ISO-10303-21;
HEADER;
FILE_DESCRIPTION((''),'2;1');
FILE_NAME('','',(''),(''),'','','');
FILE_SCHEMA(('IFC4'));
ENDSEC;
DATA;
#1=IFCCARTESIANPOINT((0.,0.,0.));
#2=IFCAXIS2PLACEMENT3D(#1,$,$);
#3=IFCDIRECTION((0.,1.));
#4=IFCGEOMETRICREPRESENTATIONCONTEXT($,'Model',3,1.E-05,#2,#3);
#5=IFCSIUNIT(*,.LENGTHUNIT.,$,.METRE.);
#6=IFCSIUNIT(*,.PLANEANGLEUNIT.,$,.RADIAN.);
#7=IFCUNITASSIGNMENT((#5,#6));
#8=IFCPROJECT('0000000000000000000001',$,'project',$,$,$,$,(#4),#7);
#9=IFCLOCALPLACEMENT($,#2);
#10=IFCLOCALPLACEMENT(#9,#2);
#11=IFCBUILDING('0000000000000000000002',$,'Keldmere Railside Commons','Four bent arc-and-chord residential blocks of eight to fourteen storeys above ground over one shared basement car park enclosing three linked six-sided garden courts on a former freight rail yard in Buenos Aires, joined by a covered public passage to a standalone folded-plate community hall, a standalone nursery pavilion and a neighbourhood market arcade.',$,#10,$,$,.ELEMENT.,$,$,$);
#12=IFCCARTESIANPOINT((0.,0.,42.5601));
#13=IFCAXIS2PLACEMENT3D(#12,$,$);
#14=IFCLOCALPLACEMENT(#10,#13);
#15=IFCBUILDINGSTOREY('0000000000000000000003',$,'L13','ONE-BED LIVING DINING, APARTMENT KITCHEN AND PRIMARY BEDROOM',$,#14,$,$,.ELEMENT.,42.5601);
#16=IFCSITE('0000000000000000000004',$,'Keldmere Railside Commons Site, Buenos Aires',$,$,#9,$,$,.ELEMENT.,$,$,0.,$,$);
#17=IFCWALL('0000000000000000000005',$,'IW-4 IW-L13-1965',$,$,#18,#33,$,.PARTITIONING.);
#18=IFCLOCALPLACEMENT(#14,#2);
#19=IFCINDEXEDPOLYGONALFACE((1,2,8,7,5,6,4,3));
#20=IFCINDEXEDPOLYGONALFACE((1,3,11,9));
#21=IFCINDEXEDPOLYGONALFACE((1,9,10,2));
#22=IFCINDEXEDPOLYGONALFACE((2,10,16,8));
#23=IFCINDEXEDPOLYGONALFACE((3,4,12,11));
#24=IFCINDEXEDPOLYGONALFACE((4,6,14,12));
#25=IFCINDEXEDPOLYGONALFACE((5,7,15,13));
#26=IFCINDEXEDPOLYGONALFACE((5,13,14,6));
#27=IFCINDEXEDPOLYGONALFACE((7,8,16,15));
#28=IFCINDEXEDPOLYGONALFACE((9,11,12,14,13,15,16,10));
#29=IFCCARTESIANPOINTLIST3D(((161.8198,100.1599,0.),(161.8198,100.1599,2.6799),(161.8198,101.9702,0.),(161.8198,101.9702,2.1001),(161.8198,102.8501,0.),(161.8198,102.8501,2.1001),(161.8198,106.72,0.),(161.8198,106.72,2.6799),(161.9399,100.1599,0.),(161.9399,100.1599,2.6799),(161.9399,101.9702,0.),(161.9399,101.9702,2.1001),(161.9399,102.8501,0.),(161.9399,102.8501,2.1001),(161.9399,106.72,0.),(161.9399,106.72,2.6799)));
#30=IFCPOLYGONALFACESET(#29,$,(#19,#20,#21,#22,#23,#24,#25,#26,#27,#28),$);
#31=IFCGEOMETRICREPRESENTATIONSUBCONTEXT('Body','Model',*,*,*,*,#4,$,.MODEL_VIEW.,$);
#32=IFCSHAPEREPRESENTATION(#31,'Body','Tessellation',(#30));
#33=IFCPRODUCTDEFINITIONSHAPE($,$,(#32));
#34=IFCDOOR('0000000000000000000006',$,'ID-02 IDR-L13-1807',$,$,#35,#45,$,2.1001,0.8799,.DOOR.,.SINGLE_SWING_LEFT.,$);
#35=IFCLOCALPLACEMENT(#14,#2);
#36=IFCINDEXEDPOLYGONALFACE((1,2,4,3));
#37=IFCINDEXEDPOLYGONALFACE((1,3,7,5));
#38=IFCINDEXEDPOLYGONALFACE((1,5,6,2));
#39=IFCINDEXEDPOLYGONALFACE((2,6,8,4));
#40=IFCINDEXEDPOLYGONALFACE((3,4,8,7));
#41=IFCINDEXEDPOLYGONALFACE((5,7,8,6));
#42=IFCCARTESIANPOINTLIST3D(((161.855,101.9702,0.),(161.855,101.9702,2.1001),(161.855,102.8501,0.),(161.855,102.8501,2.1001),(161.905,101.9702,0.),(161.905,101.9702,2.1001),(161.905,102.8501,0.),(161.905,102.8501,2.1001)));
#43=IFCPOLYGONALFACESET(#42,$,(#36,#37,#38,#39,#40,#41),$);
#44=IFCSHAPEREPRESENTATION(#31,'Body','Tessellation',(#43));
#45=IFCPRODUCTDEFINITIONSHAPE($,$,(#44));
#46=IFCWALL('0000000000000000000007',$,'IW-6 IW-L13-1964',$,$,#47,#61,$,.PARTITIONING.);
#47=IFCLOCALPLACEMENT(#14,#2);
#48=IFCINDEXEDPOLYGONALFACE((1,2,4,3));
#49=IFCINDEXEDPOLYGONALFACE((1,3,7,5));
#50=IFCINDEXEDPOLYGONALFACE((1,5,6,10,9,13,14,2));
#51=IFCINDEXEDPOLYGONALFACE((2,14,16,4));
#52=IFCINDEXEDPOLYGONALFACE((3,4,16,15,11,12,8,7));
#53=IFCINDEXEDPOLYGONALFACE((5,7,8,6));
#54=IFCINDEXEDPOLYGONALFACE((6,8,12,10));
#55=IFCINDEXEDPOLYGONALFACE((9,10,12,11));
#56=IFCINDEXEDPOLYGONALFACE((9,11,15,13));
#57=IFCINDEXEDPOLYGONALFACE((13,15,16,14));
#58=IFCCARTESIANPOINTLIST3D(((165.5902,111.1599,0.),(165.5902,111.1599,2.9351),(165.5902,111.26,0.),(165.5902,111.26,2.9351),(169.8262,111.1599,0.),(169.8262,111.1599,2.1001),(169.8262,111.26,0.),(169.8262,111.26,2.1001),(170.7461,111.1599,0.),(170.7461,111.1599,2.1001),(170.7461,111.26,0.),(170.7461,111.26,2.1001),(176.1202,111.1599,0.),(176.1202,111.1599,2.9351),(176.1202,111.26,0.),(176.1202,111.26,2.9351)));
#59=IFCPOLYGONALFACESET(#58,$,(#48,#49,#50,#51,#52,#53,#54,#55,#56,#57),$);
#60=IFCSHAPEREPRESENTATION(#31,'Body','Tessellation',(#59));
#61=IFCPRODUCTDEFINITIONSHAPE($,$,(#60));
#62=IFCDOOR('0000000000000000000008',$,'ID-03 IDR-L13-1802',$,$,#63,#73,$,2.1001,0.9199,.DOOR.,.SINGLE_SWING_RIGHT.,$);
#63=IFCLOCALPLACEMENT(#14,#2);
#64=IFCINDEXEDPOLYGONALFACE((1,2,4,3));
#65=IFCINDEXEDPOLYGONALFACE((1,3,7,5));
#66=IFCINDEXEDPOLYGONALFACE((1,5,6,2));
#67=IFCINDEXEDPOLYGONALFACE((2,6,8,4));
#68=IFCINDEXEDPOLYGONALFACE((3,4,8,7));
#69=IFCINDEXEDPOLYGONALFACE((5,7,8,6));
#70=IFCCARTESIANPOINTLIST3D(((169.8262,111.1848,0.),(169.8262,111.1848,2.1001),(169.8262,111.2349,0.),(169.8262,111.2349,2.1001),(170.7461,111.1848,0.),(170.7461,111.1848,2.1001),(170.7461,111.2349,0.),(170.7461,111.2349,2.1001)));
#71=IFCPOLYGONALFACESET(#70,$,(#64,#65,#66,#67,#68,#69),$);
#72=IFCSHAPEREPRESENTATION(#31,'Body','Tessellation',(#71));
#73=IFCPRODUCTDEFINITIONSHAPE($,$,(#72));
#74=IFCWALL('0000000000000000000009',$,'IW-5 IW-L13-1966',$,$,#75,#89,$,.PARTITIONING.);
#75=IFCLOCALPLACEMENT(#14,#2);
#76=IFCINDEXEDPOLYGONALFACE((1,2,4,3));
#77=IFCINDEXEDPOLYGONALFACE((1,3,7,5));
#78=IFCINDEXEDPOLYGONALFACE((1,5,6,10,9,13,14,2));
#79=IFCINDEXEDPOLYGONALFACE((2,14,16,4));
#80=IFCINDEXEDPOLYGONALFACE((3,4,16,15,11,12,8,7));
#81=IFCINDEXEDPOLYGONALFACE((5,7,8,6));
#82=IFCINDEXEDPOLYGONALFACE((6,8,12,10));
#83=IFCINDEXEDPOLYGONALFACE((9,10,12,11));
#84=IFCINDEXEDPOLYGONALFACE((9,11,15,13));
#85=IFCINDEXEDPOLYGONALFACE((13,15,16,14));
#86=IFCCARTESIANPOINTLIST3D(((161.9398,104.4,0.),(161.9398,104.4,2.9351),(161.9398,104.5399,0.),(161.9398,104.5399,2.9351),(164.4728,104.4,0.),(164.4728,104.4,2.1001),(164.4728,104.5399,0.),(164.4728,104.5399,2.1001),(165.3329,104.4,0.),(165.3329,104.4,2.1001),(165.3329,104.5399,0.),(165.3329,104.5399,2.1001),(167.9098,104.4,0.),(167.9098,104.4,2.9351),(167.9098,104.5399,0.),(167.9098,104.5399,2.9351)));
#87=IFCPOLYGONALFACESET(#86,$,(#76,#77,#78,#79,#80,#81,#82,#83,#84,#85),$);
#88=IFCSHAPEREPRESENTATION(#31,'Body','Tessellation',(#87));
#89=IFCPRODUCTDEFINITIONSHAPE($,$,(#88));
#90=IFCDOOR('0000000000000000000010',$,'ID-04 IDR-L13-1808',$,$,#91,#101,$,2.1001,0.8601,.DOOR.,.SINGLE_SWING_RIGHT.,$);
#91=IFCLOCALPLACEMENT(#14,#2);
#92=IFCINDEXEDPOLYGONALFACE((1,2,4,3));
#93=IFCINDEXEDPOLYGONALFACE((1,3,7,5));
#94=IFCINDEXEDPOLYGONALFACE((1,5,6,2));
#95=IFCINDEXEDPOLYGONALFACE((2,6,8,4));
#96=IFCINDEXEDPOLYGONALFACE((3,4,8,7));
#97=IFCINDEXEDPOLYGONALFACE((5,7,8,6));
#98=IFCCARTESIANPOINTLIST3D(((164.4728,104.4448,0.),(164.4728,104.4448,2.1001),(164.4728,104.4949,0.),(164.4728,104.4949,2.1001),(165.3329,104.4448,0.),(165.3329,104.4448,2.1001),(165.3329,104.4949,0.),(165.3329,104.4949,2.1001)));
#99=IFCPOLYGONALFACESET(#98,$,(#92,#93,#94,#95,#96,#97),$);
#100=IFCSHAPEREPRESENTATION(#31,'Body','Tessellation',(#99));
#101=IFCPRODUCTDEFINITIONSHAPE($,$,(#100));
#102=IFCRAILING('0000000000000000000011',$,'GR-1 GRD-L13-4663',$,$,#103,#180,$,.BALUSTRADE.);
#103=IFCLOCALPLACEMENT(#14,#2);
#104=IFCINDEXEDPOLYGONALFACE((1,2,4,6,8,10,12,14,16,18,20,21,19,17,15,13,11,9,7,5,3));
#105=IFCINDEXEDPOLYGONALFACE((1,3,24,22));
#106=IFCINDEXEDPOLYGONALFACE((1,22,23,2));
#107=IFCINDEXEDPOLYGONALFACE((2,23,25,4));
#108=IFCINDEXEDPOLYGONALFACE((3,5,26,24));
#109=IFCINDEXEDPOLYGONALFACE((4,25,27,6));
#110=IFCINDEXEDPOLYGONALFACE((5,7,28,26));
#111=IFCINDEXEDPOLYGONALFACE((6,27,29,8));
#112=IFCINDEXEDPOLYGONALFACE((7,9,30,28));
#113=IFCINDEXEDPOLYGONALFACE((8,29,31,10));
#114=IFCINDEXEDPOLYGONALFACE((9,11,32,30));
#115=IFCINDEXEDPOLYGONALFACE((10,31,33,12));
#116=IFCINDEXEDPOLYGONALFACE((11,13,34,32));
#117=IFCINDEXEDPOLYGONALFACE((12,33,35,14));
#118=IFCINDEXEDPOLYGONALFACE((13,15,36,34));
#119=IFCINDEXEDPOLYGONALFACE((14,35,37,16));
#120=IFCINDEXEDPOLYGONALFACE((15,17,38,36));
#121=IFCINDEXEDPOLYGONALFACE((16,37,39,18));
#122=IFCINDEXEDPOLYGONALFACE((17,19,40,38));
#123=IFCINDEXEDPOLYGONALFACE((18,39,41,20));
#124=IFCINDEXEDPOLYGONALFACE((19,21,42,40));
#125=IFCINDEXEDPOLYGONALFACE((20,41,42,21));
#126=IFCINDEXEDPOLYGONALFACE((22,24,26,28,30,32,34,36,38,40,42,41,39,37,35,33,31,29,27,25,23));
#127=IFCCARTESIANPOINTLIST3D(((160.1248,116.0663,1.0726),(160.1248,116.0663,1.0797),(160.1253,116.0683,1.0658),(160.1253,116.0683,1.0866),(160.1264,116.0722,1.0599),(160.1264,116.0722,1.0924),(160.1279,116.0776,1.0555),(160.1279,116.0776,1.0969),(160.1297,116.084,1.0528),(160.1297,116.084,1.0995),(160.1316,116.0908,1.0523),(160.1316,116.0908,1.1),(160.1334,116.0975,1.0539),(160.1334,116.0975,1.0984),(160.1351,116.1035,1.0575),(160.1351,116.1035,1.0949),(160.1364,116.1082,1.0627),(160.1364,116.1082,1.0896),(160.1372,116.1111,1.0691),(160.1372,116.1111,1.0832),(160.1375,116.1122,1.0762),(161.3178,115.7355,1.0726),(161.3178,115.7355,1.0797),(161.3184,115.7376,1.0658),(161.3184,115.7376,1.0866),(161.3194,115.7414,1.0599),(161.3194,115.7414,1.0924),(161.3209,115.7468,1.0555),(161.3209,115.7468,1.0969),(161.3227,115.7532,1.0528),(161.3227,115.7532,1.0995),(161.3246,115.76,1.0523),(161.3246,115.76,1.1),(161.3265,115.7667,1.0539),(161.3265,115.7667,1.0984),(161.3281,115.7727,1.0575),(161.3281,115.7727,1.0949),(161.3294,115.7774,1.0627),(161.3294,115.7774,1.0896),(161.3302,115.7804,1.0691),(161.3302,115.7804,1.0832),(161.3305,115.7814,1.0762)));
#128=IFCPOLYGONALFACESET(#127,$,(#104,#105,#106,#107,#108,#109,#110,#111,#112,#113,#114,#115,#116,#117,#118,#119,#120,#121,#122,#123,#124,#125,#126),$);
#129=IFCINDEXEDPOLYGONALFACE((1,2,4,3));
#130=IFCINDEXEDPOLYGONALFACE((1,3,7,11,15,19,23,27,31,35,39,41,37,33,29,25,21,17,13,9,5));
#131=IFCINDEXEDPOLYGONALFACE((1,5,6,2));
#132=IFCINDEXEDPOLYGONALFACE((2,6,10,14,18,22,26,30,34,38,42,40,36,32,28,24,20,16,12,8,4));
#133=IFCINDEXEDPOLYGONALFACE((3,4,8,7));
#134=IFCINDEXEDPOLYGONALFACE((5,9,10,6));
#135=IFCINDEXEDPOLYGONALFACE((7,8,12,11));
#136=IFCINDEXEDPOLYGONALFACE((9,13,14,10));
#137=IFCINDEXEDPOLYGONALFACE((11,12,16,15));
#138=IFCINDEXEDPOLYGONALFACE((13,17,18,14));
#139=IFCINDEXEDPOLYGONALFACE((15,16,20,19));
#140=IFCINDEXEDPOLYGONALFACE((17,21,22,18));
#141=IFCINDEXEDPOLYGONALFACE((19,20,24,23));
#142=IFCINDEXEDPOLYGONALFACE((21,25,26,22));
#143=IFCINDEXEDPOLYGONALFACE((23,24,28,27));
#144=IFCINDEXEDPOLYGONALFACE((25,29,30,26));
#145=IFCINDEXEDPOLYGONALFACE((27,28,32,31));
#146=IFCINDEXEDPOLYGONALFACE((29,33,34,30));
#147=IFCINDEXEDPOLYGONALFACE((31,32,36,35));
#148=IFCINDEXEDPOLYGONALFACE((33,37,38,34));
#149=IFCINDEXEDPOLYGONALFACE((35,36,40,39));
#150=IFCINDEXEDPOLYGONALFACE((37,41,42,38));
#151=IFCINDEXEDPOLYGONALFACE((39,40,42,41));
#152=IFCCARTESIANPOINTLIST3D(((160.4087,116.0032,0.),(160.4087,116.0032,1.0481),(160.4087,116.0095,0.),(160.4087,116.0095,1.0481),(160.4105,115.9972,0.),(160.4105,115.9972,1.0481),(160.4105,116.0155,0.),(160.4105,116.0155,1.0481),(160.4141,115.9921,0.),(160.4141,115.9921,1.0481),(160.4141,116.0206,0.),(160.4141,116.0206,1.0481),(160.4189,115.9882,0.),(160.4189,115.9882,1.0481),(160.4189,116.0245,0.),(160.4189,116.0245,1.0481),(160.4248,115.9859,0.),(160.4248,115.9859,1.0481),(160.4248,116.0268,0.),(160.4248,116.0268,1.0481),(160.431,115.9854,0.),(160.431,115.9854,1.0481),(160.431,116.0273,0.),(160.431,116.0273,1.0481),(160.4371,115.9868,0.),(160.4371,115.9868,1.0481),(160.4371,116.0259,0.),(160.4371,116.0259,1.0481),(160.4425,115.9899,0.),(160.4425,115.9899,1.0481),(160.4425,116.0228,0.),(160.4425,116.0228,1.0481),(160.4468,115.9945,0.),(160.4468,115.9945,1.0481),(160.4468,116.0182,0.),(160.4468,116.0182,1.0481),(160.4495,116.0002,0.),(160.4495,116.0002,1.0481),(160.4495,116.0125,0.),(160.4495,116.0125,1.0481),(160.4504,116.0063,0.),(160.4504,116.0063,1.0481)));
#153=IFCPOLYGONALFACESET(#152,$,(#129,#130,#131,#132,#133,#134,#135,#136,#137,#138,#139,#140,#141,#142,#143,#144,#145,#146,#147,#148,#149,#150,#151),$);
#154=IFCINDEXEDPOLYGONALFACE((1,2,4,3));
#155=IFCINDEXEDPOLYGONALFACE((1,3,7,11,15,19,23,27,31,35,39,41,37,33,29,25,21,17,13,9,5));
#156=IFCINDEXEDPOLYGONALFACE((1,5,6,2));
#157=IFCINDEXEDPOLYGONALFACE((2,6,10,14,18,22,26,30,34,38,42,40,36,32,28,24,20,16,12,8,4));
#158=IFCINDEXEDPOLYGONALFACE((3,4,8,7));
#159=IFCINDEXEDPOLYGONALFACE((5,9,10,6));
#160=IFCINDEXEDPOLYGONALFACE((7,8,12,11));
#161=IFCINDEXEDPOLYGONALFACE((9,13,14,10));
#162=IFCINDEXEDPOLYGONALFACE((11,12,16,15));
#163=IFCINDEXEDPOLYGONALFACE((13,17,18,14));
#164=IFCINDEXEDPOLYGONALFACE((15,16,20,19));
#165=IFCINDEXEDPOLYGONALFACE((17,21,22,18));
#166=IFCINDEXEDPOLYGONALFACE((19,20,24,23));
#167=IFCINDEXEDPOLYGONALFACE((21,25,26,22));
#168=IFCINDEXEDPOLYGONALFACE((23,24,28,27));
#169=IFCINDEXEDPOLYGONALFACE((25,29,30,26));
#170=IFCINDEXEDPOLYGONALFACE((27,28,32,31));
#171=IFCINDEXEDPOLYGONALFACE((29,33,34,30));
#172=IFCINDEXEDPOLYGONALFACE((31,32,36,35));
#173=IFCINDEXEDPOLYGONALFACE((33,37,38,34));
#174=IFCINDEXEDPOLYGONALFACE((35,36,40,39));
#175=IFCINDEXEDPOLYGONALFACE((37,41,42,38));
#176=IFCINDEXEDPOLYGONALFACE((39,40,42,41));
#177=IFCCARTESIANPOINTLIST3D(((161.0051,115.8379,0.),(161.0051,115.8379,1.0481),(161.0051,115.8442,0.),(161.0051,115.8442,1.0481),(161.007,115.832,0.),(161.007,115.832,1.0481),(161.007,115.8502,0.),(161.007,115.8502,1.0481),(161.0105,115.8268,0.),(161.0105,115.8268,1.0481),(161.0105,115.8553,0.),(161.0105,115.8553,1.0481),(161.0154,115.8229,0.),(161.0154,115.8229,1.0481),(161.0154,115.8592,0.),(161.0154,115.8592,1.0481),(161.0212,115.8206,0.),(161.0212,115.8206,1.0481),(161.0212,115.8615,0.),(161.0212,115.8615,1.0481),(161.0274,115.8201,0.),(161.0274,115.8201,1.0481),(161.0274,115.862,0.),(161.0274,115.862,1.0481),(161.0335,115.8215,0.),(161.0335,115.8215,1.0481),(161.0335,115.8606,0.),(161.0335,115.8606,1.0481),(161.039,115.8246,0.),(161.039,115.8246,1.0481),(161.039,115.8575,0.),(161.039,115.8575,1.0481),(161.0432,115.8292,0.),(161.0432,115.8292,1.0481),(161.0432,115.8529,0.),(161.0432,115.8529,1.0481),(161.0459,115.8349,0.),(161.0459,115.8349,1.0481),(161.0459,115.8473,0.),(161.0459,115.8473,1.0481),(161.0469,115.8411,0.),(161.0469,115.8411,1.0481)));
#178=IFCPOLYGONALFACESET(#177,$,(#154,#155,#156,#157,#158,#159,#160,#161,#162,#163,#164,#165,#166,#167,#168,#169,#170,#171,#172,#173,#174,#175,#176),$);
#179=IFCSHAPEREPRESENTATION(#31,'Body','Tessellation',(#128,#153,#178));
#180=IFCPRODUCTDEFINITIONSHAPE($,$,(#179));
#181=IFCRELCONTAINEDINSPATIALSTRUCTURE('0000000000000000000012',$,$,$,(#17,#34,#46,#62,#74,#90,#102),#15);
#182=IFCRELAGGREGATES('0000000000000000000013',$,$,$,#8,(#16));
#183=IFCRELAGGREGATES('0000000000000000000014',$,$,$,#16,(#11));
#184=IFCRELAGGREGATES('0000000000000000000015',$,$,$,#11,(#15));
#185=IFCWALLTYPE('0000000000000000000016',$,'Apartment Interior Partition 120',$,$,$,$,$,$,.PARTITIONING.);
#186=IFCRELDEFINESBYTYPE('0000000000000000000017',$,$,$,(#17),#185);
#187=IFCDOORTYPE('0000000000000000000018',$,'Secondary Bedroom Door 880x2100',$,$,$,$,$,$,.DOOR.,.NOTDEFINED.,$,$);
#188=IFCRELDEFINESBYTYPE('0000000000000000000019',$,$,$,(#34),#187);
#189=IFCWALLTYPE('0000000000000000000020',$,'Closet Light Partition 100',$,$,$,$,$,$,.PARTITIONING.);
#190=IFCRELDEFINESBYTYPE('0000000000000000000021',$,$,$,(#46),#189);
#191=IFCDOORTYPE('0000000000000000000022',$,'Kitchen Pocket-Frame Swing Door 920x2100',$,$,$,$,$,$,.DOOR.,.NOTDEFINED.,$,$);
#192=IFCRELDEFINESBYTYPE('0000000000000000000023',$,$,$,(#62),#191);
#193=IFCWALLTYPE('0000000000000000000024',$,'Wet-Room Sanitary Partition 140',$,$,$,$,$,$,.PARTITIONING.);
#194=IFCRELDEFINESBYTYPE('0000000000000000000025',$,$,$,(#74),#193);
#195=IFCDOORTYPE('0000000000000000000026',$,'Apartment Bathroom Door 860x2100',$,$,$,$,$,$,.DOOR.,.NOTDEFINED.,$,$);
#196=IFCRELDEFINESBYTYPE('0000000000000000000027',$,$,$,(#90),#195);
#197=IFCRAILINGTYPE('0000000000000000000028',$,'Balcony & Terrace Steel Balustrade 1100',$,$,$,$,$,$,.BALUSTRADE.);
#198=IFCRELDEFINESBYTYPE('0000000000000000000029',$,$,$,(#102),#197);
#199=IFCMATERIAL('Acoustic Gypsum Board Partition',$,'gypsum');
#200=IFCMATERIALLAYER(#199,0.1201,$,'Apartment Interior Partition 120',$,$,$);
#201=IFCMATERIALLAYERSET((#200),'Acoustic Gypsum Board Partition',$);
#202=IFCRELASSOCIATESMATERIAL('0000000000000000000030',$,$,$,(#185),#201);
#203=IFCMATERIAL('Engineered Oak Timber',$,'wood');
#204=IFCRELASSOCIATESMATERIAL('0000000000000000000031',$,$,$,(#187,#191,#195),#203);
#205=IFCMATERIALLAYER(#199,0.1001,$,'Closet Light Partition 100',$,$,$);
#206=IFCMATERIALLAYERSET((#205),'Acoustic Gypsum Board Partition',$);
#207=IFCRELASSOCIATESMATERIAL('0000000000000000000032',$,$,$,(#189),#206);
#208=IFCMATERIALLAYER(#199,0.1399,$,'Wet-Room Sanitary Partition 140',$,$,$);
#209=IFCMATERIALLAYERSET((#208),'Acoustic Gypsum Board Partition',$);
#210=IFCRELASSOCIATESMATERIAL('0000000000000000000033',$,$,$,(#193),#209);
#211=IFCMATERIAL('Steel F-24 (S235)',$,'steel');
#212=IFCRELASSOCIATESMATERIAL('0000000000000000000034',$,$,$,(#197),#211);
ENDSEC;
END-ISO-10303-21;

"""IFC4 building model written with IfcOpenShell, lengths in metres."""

from ifc_helpers import new_model, si_unit, direction, frame, frame_2d, origin, origin_2d, place, context, subcontext, project, spatial, rectangle, circle, extrude, material, layer, layer_set, type_object, element, fill, save


model = new_model("IFC4")

# Units and contexts
model_context = context("Model", 3, precision=1e-05, world=origin(), true_north=direction((0.0, 1.0)))
body_context = subcontext(model_context, "Body", "Model", "MODEL_VIEW")
ifc_project = project(units=[si_unit("LENGTHUNIT", "METRE"), si_unit("PLANEANGLEUNIT", "RADIAN")], contexts=[model_context])

# Site, building, storey
site_placement = place(None, origin())
site = spatial("IfcSite", under=ifc_project, at=site_placement, Name="Keldmere Railside Commons Site, Buenos Aires", CompositionType="ELEMENT", RefElevation=0.0)
building_placement = place(site_placement, origin())
building = spatial("IfcBuilding", under=site, at=building_placement, Name="Keldmere Railside Commons", Description="Four bent arc-and-chord residential blocks of eight to fourteen storeys above ground over one shared basement car park enclosing three linked six-sided garden courts on a former freight rail yard in Buenos Aires, joined by a covered public passage to a standalone folded-plate community hall, a standalone nursery pavilion and a neighbourhood market arcade.", CompositionType="ELEMENT")
storey_placement = place(building_placement, frame((0.0, 0.0, 42.5601)))
storey = spatial("IfcBuildingStorey", under=building, at=storey_placement, Name="L13", Description="ONE-BED LIVING DINING, APARTMENT KITCHEN AND PRIMARY BEDROOM", CompositionType="ELEMENT", Elevation=42.5601)

# Shared definitions
ifc_material_1 = material(Name="Acoustic Gypsum Board Partition", Category="gypsum")

# Walls, openings, doors
ifc_layer_1 = layer(ifc_material_1, 0.1201, Name="Apartment Interior Partition 120")
ifc_layer_set_1 = layer_set([ifc_layer_1], Name="Acoustic Gypsum Board Partition")
wall_type_1 = type_object("IfcWallType", Name="Apartment Interior Partition 120", PredefinedType="PARTITIONING", material=ifc_layer_set_1)
wall_1_placement = place(storey_placement, frame((161.8799, 100.1599, 0.0), z_axis=(0.0, 0.0, 1.0), x_axis=(0.0, 1.0, 0.0)))
wall_1 = element("IfcWall", 1, at=wall_1_placement, inside=storey, type_object=wall_type_1, Name="IW-4 IW-L13-1965", PredefinedType="PARTITIONING", context=body_context, shape_type="SweptSolid", body=[
    extrude(rectangle(XDim=6.5601, YDim=0.1201, at=frame_2d((3.28, 0.0))), origin(), (0.0, 0.0, 1.0), 2.6799),
])
opening_1_placement = place(wall_1_placement, frame((1.8103, 0.0, 0.0)))
opening_1 = element("IfcOpeningElement", 2, at=opening_1_placement, cuts=wall_1, PredefinedType="OPENING", context=body_context, shape_type="SweptSolid", body=[
    extrude(rectangle(XDim=0.8799, YDim=2.1001, at=frame_2d((0.4399, 1.05))), frame((0.0, 0.0701, 0.0), z_axis=(0.0, -1.0, 0.0), x_axis=(1.0, 0.0, 0.0)), (0.0, 0.0, 1.0), 0.1401),
])
ifc_material_2 = material(Name="Engineered Oak Timber", Category="wood")
door_type_1 = type_object("IfcDoorType", Name="Secondary Bedroom Door 880x2100", OperationType="NOTDEFINED", PredefinedType="DOOR", material=ifc_material_2)
door_1_placement = place(opening_1_placement, origin())
door_1 = element("IfcDoor", 3, at=door_1_placement, inside=storey, type_object=door_type_1, Name="ID-02 IDR-L13-1807", OperationType="SINGLE_SWING_LEFT", OverallHeight=2.1001, OverallWidth=0.8799, PredefinedType="DOOR", context=body_context, shape_type="SweptSolid", body=[
    extrude(rectangle(XDim=0.8799, YDim=2.1001, at=frame_2d((0.4399, 1.05))), frame((0.0, 0.0249, 0.0), z_axis=(0.0, -1.0, 0.0), x_axis=(1.0, 0.0, 0.0)), (0.0, 0.0, 1.0), 0.05),
])
fill(opening_1, door_1)
ifc_layer_2 = layer(ifc_material_1, 0.1001, Name="Closet Light Partition 100")
ifc_layer_set_2 = layer_set([ifc_layer_2], Name="Acoustic Gypsum Board Partition")
wall_type_2 = type_object("IfcWallType", Name="Closet Light Partition 100", PredefinedType="PARTITIONING", material=ifc_layer_set_2)
wall_2_placement = place(storey_placement, frame((165.5901, 111.21, 0.0), z_axis=(0.0, 0.0, 1.0), x_axis=(1.0, 0.0, 0.0)))
wall_2 = element("IfcWall", 4, at=wall_2_placement, inside=storey, type_object=wall_type_2, Name="IW-6 IW-L13-1964", PredefinedType="PARTITIONING", context=body_context, shape_type="SweptSolid", body=[
    extrude(rectangle(XDim=10.53, YDim=0.1001, at=frame_2d((5.2651, 0.0))), origin(), (0.0, 0.0, 1.0), 2.9351),
])
opening_2_placement = place(wall_2_placement, frame((4.2361, 0.0, 0.0)))
opening_2 = element("IfcOpeningElement", 5, at=opening_2_placement, cuts=wall_2, PredefinedType="OPENING", context=body_context, shape_type="SweptSolid", body=[
    extrude(rectangle(XDim=0.9199, YDim=2.1001, at=frame_2d((0.46, 1.05))), frame((0.0, 0.0601, 0.0), z_axis=(0.0, -1.0, 0.0), x_axis=(1.0, 0.0, 0.0)), (0.0, 0.0, 1.0), 0.1201),
])
door_type_2 = type_object("IfcDoorType", Name="Kitchen Pocket-Frame Swing Door 920x2100", OperationType="NOTDEFINED", PredefinedType="DOOR", material=ifc_material_2)
door_2_placement = place(opening_2_placement, origin())
door_2 = element("IfcDoor", 6, at=door_2_placement, inside=storey, type_object=door_type_2, Name="ID-03 IDR-L13-1802", OperationType="SINGLE_SWING_RIGHT", OverallHeight=2.1001, OverallWidth=0.9199, PredefinedType="DOOR", context=body_context, shape_type="SweptSolid", body=[
    extrude(rectangle(XDim=0.9199, YDim=2.1001, at=frame_2d((0.46, 1.05))), frame((0.0, 0.0249, 0.0), z_axis=(0.0, -1.0, 0.0), x_axis=(1.0, 0.0, 0.0)), (0.0, 0.0, 1.0), 0.05),
])
fill(opening_2, door_2)
ifc_layer_3 = layer(ifc_material_1, 0.1399, Name="Wet-Room Sanitary Partition 140")
ifc_layer_set_3 = layer_set([ifc_layer_3], Name="Acoustic Gypsum Board Partition")
wall_type_3 = type_object("IfcWallType", Name="Wet-Room Sanitary Partition 140", PredefinedType="PARTITIONING", material=ifc_layer_set_3)
wall_3_placement = place(storey_placement, frame((161.9399, 104.47, 0.0), z_axis=(0.0, 0.0, 1.0), x_axis=(1.0, 0.0, 0.0)))
wall_3 = element("IfcWall", 7, at=wall_3_placement, inside=storey, type_object=wall_type_3, Name="IW-5 IW-L13-1966", PredefinedType="PARTITIONING", context=body_context, shape_type="SweptSolid", body=[
    extrude(rectangle(XDim=5.97, YDim=0.1399, at=frame_2d((2.9849, 0.0))), origin(), (0.0, 0.0, 1.0), 2.9351),
])
opening_3_placement = place(wall_3_placement, frame((2.5327, 0.0, 0.0)))
opening_3 = element("IfcOpeningElement", 8, at=opening_3_placement, cuts=wall_3, PredefinedType="OPENING", context=body_context, shape_type="SweptSolid", body=[
    extrude(rectangle(XDim=0.8601, YDim=2.1001, at=frame_2d((0.4302, 1.05))), frame((0.0, 0.0798, 0.0), z_axis=(0.0, -1.0, 0.0), x_axis=(1.0, 0.0, 0.0)), (0.0, 0.0, 1.0), 0.1599),
])
door_type_3 = type_object("IfcDoorType", Name="Apartment Bathroom Door 860x2100", OperationType="NOTDEFINED", PredefinedType="DOOR", material=ifc_material_2)
door_3_placement = place(opening_3_placement, origin())
door_3 = element("IfcDoor", 9, at=door_3_placement, inside=storey, type_object=door_type_3, Name="ID-04 IDR-L13-1808", OperationType="SINGLE_SWING_RIGHT", OverallHeight=2.1001, OverallWidth=0.8601, PredefinedType="DOOR", context=body_context, shape_type="SweptSolid", body=[
    extrude(rectangle(XDim=0.8601, YDim=2.1001, at=frame_2d((0.4302, 1.05))), frame((0.0, 0.0249, 0.0), z_axis=(0.0, -1.0, 0.0), x_axis=(1.0, 0.0, 0.0)), (0.0, 0.0, 1.0), 0.05),
])
fill(opening_3, door_3)

# Railing
ifc_material_3 = material(Name="Steel F-24 (S235)", Category="steel")
railing_type = type_object("IfcRailingType", Name="Balcony & Terrace Steel Balustrade 1100", PredefinedType="BALUSTRADE", material=ifc_material_3)
railing_1_placement = place(storey_placement, frame((160.1311, 116.0891, 0.0)))
element("IfcRailing", 10, at=railing_1_placement, inside=storey, type_object=railing_type, Name="GR-1 GRD-L13-4663", PredefinedType="BALUSTRADE", context=body_context, shape_type="SweptSolid", body=[
    extrude(circle(Radius=0.0239, at=origin_2d()), frame((0.0, 0.0, 1.0762), z_axis=(0.963645, -0.267186, 0.0), x_axis=(0.267186, 0.963645, 0.0)), (0.0, 0.0, 1.0), 1.238),
    extrude(circle(Radius=0.021, at=origin_2d()), frame((0.2983, -0.0828, 0.0)), (0.0, 0.0, 1.0), 1.0481),
    extrude(circle(Radius=0.021, at=origin_2d()), frame((0.8948, -0.248, 0.0)), (0.0, 0.0, 1.0), 1.0481),
])

save(model, "model.ifc")
